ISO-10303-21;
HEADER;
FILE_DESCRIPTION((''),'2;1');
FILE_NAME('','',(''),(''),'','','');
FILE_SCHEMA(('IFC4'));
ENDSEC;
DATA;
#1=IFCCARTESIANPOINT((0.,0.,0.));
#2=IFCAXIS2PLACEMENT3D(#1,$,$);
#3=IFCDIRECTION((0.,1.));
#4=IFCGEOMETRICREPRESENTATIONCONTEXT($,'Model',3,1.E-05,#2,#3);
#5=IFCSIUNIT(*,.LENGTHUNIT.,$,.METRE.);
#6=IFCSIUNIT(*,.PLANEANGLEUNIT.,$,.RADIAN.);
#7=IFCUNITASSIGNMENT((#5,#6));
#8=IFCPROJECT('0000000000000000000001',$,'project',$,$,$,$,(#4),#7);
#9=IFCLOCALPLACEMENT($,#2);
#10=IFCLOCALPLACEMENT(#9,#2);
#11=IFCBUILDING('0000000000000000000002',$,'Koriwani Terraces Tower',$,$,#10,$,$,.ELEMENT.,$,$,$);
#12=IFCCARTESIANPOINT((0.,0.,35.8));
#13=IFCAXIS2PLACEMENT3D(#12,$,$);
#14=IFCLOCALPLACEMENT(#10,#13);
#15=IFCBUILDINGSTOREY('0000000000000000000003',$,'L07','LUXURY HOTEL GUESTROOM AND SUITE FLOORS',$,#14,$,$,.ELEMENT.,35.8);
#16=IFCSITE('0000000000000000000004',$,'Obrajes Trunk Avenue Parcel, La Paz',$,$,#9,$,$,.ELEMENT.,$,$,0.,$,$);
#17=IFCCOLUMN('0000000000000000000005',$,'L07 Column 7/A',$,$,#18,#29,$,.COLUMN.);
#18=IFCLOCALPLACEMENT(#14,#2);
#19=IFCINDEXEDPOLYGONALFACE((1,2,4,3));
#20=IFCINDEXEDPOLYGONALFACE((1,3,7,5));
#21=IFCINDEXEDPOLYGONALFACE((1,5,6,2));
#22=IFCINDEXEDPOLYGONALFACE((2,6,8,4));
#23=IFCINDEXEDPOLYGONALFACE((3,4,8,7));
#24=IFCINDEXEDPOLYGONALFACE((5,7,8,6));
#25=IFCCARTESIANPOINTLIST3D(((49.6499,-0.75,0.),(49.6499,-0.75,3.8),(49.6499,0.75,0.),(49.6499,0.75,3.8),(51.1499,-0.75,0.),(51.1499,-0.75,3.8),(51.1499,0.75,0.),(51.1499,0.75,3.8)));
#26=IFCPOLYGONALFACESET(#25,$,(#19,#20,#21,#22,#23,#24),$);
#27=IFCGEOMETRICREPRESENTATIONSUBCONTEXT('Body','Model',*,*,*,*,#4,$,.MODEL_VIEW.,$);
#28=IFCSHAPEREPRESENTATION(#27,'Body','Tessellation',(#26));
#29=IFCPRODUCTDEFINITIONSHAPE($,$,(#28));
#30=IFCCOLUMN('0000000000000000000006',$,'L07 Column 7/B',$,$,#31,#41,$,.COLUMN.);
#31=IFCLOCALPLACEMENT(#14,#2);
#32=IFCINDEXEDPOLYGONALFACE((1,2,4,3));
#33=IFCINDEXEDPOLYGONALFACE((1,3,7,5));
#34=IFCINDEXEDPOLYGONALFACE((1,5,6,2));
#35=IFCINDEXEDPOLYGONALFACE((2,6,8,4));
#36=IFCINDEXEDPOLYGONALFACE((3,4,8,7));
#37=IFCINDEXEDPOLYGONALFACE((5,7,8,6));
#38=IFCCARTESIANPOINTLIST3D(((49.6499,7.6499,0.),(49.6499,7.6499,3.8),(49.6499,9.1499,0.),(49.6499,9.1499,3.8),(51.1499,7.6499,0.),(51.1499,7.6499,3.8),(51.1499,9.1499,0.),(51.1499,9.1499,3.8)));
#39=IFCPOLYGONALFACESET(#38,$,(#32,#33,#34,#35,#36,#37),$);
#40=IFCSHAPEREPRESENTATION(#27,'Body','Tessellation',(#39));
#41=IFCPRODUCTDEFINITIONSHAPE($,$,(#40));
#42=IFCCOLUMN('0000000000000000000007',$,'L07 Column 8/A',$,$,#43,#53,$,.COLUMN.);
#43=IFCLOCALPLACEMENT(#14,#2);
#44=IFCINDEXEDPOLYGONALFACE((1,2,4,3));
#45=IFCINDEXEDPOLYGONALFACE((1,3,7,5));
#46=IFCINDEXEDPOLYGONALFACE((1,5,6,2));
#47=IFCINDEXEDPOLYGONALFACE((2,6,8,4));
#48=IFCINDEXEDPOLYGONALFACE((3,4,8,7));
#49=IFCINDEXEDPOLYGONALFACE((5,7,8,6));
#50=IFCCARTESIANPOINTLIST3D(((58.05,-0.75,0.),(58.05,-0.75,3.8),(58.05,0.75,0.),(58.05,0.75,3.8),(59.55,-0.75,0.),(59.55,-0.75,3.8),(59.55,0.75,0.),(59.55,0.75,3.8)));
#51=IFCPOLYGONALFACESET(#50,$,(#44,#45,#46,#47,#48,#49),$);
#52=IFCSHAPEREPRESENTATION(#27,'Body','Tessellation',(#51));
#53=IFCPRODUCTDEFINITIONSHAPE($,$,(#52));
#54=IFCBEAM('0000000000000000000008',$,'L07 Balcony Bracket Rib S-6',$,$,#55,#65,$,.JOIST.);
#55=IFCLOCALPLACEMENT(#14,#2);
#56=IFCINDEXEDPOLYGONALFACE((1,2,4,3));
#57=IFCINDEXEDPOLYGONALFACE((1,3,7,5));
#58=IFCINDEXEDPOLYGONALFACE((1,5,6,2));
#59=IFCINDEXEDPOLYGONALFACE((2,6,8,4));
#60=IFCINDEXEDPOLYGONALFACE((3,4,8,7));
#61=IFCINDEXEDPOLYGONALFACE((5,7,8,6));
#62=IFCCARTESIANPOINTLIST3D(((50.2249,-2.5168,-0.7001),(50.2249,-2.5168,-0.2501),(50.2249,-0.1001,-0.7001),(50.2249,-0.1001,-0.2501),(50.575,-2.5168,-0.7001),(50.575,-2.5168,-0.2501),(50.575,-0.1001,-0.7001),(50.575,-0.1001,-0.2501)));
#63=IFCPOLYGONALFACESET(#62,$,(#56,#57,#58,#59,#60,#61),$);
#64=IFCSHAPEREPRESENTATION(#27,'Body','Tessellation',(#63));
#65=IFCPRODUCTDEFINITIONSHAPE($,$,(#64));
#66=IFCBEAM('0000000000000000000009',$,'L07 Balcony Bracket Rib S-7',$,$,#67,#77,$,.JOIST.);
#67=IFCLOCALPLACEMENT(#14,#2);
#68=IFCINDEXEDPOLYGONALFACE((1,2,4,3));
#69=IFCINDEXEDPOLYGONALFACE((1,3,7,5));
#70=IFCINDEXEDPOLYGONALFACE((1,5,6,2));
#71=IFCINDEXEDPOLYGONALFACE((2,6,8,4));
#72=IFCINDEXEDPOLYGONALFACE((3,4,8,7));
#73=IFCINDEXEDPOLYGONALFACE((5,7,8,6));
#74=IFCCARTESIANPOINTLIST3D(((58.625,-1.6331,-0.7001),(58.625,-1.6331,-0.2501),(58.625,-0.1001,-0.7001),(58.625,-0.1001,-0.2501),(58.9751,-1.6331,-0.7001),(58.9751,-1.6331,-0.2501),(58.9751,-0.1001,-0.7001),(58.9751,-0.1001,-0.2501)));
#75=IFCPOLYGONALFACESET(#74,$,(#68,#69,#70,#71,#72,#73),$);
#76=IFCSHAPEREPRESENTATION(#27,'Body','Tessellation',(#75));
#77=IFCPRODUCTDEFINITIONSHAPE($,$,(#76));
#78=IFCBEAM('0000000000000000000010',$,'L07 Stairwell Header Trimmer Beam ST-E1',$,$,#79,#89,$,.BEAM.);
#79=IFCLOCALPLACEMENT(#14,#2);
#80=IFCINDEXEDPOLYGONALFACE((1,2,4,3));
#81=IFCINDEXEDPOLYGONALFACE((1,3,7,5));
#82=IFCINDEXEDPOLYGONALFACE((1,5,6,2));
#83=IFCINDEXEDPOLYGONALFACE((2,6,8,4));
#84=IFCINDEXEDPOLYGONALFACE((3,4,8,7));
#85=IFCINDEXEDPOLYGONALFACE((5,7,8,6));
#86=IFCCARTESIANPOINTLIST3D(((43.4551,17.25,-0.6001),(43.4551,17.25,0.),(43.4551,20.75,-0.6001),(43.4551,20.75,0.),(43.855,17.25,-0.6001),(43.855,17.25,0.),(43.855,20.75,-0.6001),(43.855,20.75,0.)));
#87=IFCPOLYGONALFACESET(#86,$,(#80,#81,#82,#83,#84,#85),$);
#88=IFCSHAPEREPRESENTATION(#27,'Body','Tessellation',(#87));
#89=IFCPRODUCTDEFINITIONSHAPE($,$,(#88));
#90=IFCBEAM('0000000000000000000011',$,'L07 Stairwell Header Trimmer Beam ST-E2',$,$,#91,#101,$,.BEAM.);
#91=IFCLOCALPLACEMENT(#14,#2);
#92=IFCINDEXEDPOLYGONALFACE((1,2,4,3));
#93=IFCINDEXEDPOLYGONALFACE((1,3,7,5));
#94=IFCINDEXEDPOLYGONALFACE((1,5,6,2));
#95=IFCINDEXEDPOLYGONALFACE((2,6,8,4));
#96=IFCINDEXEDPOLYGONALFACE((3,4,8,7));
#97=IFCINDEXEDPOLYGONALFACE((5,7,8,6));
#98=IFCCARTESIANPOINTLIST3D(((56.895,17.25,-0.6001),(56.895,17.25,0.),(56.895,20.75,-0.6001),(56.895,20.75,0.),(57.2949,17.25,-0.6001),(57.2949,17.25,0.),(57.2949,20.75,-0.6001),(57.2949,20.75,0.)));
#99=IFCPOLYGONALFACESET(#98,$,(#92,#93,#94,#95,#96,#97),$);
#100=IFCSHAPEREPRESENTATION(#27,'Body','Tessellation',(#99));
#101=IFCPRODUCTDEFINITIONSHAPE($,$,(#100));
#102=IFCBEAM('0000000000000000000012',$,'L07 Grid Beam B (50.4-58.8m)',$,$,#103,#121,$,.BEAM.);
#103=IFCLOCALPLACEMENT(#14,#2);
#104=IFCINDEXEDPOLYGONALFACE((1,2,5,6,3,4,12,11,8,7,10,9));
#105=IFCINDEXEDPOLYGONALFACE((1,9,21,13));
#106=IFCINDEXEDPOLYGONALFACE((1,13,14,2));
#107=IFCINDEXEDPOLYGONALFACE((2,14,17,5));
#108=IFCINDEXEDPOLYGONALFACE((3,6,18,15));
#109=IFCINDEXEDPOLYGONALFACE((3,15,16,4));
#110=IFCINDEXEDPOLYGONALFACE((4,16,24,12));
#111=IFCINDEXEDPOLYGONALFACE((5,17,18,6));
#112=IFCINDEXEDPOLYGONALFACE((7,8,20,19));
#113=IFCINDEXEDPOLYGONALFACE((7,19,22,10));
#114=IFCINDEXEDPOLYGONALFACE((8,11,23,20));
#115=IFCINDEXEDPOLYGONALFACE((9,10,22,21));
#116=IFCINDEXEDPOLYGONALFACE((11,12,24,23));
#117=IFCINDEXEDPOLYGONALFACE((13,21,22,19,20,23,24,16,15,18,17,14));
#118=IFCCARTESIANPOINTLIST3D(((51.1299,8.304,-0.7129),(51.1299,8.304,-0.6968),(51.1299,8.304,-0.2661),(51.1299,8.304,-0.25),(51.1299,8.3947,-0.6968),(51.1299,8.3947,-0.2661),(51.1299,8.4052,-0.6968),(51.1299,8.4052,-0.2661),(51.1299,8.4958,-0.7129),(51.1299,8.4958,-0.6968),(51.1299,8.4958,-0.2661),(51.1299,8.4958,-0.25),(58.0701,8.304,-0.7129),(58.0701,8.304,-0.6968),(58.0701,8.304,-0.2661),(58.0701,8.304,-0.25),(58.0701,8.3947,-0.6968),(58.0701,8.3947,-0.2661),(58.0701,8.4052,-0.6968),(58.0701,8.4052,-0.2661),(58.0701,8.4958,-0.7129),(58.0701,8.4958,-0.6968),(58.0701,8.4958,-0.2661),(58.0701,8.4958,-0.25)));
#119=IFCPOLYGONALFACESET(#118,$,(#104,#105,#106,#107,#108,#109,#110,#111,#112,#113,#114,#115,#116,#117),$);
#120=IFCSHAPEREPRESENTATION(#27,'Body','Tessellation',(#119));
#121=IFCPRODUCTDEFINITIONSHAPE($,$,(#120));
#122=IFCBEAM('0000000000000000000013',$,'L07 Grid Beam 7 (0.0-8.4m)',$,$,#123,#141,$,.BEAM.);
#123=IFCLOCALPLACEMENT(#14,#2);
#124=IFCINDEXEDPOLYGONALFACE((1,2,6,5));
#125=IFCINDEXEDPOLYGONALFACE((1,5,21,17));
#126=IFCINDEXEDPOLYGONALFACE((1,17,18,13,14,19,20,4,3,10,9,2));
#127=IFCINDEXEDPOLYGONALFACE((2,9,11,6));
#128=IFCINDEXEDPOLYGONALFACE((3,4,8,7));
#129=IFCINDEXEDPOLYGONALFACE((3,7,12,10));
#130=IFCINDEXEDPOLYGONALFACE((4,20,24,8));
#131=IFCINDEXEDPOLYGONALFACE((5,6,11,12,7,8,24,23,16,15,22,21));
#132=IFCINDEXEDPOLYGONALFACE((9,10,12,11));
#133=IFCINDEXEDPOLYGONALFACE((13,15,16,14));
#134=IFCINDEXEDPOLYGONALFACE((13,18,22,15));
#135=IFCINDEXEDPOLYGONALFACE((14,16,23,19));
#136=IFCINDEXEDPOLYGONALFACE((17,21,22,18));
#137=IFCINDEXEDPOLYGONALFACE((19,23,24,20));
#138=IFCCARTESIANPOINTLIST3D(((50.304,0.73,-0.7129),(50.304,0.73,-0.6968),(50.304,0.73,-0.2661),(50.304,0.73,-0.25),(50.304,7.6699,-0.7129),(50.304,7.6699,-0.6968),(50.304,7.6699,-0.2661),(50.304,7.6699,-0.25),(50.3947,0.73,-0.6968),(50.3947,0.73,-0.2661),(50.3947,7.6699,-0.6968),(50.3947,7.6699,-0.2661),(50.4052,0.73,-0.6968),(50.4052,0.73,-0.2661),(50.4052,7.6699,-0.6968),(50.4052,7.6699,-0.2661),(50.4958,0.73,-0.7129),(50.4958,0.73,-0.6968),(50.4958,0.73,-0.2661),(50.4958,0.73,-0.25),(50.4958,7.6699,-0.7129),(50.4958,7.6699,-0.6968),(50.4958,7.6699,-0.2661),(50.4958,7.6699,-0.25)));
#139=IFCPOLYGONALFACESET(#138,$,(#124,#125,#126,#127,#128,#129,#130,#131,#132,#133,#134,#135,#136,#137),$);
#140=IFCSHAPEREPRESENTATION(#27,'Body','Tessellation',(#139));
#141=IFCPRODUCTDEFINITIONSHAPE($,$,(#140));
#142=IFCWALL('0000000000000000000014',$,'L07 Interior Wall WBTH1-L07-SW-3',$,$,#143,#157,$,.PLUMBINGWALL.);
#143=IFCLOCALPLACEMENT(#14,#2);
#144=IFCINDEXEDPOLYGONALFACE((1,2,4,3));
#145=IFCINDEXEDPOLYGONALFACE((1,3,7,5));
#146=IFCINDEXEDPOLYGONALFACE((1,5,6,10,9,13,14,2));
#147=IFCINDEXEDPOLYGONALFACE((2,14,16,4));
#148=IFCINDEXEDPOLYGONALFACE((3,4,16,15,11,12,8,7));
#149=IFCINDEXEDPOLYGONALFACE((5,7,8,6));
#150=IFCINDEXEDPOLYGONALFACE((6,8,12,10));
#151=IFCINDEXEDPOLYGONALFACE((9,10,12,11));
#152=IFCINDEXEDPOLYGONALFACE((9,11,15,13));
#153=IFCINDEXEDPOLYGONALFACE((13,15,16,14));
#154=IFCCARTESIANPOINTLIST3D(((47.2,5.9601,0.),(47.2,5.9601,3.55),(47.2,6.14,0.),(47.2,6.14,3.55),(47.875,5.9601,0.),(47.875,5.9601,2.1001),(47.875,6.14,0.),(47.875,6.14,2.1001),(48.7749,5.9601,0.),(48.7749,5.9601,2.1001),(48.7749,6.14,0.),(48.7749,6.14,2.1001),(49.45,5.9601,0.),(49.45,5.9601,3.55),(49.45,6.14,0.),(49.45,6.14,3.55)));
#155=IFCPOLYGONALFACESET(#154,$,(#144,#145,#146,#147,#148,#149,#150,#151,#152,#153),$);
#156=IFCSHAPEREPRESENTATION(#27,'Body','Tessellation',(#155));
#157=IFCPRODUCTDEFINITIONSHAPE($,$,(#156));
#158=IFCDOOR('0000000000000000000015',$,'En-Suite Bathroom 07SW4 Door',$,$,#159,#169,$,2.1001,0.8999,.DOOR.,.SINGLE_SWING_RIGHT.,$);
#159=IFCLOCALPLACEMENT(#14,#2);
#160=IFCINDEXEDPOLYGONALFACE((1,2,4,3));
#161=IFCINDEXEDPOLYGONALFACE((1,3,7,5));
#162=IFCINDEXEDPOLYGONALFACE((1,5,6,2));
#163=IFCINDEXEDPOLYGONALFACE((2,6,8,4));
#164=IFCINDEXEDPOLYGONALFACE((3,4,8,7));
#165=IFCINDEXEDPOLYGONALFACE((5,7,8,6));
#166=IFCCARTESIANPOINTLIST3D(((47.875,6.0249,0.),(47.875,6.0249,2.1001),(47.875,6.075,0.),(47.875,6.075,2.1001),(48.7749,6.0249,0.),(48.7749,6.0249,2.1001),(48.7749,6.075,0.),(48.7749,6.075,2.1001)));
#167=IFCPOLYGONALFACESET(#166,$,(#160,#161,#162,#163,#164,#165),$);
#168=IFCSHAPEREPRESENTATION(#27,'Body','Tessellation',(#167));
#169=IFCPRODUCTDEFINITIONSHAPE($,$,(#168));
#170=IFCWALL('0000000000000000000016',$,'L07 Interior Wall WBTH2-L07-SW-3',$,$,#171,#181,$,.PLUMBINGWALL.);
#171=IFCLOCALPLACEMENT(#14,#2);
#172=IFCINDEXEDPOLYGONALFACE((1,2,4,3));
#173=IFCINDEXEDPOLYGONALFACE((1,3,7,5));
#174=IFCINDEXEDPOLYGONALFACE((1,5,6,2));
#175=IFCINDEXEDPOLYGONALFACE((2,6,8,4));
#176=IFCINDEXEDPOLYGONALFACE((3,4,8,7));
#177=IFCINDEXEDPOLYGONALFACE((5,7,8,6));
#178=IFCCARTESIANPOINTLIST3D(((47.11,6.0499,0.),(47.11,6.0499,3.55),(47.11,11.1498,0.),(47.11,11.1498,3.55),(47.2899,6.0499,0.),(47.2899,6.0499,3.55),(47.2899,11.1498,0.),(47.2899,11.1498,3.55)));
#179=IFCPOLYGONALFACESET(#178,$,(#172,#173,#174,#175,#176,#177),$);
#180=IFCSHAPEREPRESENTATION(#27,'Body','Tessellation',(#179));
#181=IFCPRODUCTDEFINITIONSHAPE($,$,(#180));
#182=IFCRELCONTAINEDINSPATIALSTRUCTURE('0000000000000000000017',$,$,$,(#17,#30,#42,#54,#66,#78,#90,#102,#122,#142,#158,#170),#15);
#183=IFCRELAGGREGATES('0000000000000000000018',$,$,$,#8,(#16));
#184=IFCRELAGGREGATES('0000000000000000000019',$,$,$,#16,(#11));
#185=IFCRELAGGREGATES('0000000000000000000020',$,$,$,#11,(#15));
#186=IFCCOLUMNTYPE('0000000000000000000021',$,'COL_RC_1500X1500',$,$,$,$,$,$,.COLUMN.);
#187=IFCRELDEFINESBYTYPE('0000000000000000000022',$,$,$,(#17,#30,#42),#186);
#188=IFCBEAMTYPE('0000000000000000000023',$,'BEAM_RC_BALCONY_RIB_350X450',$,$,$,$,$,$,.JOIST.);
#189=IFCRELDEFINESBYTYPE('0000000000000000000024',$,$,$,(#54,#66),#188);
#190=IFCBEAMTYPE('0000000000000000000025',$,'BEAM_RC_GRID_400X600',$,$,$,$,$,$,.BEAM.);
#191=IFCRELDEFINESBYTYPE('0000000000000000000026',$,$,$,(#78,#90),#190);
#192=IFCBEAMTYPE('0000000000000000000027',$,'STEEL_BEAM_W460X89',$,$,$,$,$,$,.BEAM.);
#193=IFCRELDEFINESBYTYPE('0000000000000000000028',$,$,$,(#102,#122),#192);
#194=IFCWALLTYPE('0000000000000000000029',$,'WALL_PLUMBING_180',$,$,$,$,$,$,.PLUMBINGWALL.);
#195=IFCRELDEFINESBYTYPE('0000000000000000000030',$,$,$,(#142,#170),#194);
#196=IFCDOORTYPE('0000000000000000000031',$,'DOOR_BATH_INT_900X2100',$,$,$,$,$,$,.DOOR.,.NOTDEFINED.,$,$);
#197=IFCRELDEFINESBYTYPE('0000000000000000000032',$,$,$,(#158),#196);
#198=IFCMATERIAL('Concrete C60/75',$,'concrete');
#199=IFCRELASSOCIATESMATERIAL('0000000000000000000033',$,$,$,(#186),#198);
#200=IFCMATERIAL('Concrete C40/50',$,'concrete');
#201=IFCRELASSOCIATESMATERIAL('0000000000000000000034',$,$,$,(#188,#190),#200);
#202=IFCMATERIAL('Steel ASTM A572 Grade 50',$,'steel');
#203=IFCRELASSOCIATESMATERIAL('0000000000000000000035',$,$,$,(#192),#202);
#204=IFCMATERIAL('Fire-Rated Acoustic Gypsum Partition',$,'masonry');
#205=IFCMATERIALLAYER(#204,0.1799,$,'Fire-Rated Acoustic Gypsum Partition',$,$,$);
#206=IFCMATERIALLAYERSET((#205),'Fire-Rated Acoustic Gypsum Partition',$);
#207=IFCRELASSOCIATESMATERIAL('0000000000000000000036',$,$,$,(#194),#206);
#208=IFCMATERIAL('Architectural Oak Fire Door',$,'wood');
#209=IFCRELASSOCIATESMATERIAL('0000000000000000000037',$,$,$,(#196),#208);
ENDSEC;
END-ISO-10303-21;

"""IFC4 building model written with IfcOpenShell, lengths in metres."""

from ifc_helpers import new_model, si_unit, direction, frame, frame_2d, origin, origin_2d, place, context, subcontext, project, spatial, rectangle, i_section, extrude, material, layer, layer_set, material_profile, profile_set, type_object, element, fill, save


model = new_model("IFC4")

# Units and contexts
model_context = context("Model", 3, precision=1e-05, world=origin(), true_north=direction((0.0, 1.0)))
body_context = subcontext(model_context, "Body", "Model", "MODEL_VIEW")
ifc_project = project(units=[si_unit("LENGTHUNIT", "METRE"), si_unit("PLANEANGLEUNIT", "RADIAN")], contexts=[model_context])

# Site, building, storey
site_placement = place(None, origin())
site = spatial("IfcSite", under=ifc_project, at=site_placement, Name="Obrajes Trunk Avenue Parcel, La Paz", CompositionType="ELEMENT", RefElevation=0.0)
building_placement = place(site_placement, origin())
building = spatial("IfcBuilding", under=site, at=building_placement, Name="Koriwani Terraces Tower", CompositionType="ELEMENT")
storey_placement = place(building_placement, frame((0.0, 0.0, 35.8)))
storey = spatial("IfcBuildingStorey", under=building, at=storey_placement, Name="L07", Description="LUXURY HOTEL GUESTROOM AND SUITE FLOORS", CompositionType="ELEMENT", Elevation=35.8)

# Columns
ifc_material_1 = material(Name="Concrete C60/75", Category="concrete")
ifc_material_profile_1 = material_profile(ifc_material_1, rectangle(XDim=1.5, YDim=1.5, at=origin_2d()), Name="Concrete C60/75", Category="LoadBearing")
ifc_profile_set_1 = profile_set([ifc_material_profile_1], Name="Concrete C60/75")
column_type = type_object("IfcColumnType", Name="COL_RC_1500X1500", PredefinedType="COLUMN", material=ifc_profile_set_1)
for number, where, z_axis, x_axis, name in (
    (1, (50.3999, 0.0, 0.0), (0.0, 0.0, 1.0), (1.0, 0.0, 0.0), "L07 Column 7/A"),
    (2, (50.3999, 8.3999, 0.0), (0.0, 0.0, 1.0), (1.0, 0.0, 0.0), "L07 Column 7/B"),
    (3, (58.8, 0.0, 0.0), (0.0, 0.0, 1.0), (1.0, 0.0, 0.0), "L07 Column 8/A"),
):
    element("IfcColumn", number, at=place(storey_placement, frame(where, z_axis=z_axis, x_axis=x_axis)), inside=storey, type_object=column_type, Name=name, PredefinedType="COLUMN", context=body_context, shape_type="SweptSolid", body=[
        extrude(rectangle(XDim=1.5, YDim=1.5, at=origin_2d()), origin(), (0.0, 0.0, 1.0), 3.8),
    ])

# Beams
ifc_material_2 = material(Name="Concrete C40/50", Category="concrete")
ifc_material_profile_2 = material_profile(ifc_material_2, rectangle(XDim=0.3501, YDim=0.45, at=origin_2d()), Name="Concrete C40/50", Category="LoadBearing")
ifc_profile_set_2 = profile_set([ifc_material_profile_2], Name="Concrete C40/50")
beam_type_1 = type_object("IfcBeamType", Name="BEAM_RC_BALCONY_RIB_350X450", PredefinedType="JOIST", material=ifc_profile_set_2)
beam_1_placement = place(storey_placement, frame((50.3999, -2.5168, -0.4751), z_axis=(0.0, 1.0, 0.0), x_axis=(-1.0, 0.0, 0.0)))
element("IfcBeam", 4, at=beam_1_placement, inside=storey, type_object=beam_type_1, Name="L07 Balcony Bracket Rib S-6", PredefinedType="JOIST", context=body_context, shape_type="SweptSolid", body=[
    extrude(rectangle(XDim=0.3501, YDim=0.45, at=origin_2d()), origin(), (0.0, 0.0, 1.0), 2.4167),
])
beam_2_placement = place(storey_placement, frame((58.8, -1.6331, -0.4751), z_axis=(0.0, 1.0, 0.0), x_axis=(-1.0, 0.0, 0.0)))
element("IfcBeam", 5, at=beam_2_placement, inside=storey, type_object=beam_type_1, Name="L07 Balcony Bracket Rib S-7", PredefinedType="JOIST", context=body_context, shape_type="SweptSolid", body=[
    extrude(rectangle(XDim=0.3501, YDim=0.45, at=origin_2d()), origin(), (0.0, 0.0, 1.0), 1.533),
])
ifc_material_profile_3 = material_profile(ifc_material_2, rectangle(XDim=0.3999, YDim=0.6001, at=origin_2d()), Name="Concrete C40/50", Category="LoadBearing")
ifc_profile_set_3 = profile_set([ifc_material_profile_3], Name="Concrete C40/50")
beam_type_2 = type_object("IfcBeamType", Name="BEAM_RC_GRID_400X600", PredefinedType="BEAM", material=ifc_profile_set_3)
for number, where, z_axis, x_axis, name in (
    (6, (43.655, 17.25, -0.3), (0.0, 1.0, 0.0), (-1.0, 0.0, 0.0), "L07 Stairwell Header Trimmer Beam ST-E1"),
    (7, (57.095, 17.25, -0.3), (0.0, 1.0, 0.0), (-1.0, 0.0, 0.0), "L07 Stairwell Header Trimmer Beam ST-E2"),
):
    element("IfcBeam", number, at=place(storey_placement, frame(where, z_axis=z_axis, x_axis=x_axis)), inside=storey, type_object=beam_type_2, Name=name, PredefinedType="BEAM", context=body_context, shape_type="SweptSolid", body=[
        extrude(rectangle(XDim=0.3999, YDim=0.6001, at=origin_2d()), origin(), (0.0, 0.0, 1.0), 3.5),
    ])
ifc_material_3 = material(Name="Steel ASTM A572 Grade 50", Category="steel")
ifc_material_profile_4 = material_profile(ifc_material_3, i_section(OverallWidth=0.1919, OverallDepth=0.4629, WebThickness=0.0105, FlangeThickness=0.0161, at=origin_2d()), Name="Steel ASTM A572 Grade 50", Category="LoadBearing")
ifc_profile_set_4 = profile_set([ifc_material_profile_4], Name="Steel ASTM A572 Grade 50")
beam_type_3 = type_object("IfcBeamType", Name="STEEL_BEAM_W460X89", PredefinedType="BEAM", material=ifc_profile_set_4)
beam_3_placement = place(storey_placement, frame((51.1299, 8.3999, -0.4814), z_axis=(1.0, 0.0, 0.0), x_axis=(0.0, 1.0, 0.0)))
element("IfcBeam", 8, at=beam_3_placement, inside=storey, type_object=beam_type_3, Name="L07 Grid Beam B (50.4-58.8m)", PredefinedType="BEAM", context=body_context, shape_type="SweptSolid", body=[
    extrude(i_section(OverallWidth=0.1919, OverallDepth=0.4629, WebThickness=0.0105, FlangeThickness=0.0161, at=origin_2d()), origin(), (0.0, 0.0, 1.0), 6.9402),
])
beam_4_placement = place(storey_placement, frame((50.3999, 0.73, -0.4814), z_axis=(0.0, 1.0, 0.0), x_axis=(-1.0, 0.0, 0.0)))
element("IfcBeam", 9, at=beam_4_placement, inside=storey, type_object=beam_type_3, Name="L07 Grid Beam 7 (0.0-8.4m)", PredefinedType="BEAM", context=body_context, shape_type="SweptSolid", body=[
    extrude(i_section(OverallWidth=0.1919, OverallDepth=0.4629, WebThickness=0.0105, FlangeThickness=0.0161, at=origin_2d()), origin(), (0.0, 0.0, 1.0), 6.9399),
])

# Wall, opening, door
ifc_material_4 = material(Name="Fire-Rated Acoustic Gypsum Partition", Category="masonry")
ifc_layer_1 = layer(ifc_material_4, 0.1799, Name="Fire-Rated Acoustic Gypsum Partition")
ifc_layer_set_1 = layer_set([ifc_layer_1], Name="Fire-Rated Acoustic Gypsum Partition")
wall_type_1 = type_object("IfcWallType", Name="WALL_PLUMBING_180", PredefinedType="PLUMBINGWALL", material=ifc_layer_set_1)
wall_1_placement = place(storey_placement, frame((47.2, 6.05, 0.0), z_axis=(0.0, 0.0, 1.0), x_axis=(1.0, 0.0, 0.0)))
wall_1 = element("IfcWall", 10, at=wall_1_placement, inside=storey, type_object=wall_type_1, Name="L07 Interior Wall WBTH1-L07-SW-3", PredefinedType="PLUMBINGWALL", context=body_context, shape_type="SweptSolid", body=[
    extrude(rectangle(XDim=2.25, YDim=0.1799, at=frame_2d((1.125, 0.0))), origin(), (0.0, 0.0, 1.0), 3.55),
])
opening_1_placement = place(wall_1_placement, frame((0.675, 0.0, 0.0)))
opening_1 = element("IfcOpeningElement", 11, at=opening_1_placement, cuts=wall_1, PredefinedType="OPENING", context=body_context, shape_type="SweptSolid", body=[
    extrude(rectangle(XDim=0.8999, YDim=2.1001, at=frame_2d((0.45, 1.05))), frame((0.0, 0.1001, 0.0), z_axis=(0.0, -1.0, 0.0), x_axis=(1.0, 0.0, 0.0)), (0.0, 0.0, 1.0), 0.2),
])
ifc_material_5 = material(Name="Architectural Oak Fire Door", Category="wood")
door_type_1 = type_object("IfcDoorType", Name="DOOR_BATH_INT_900X2100", OperationType="NOTDEFINED", PredefinedType="DOOR", material=ifc_material_5)
door_1_placement = place(opening_1_placement, origin())
door_1 = element("IfcDoor", 12, at=door_1_placement, inside=storey, type_object=door_type_1, Name="En-Suite Bathroom 07SW4 Door", OperationType="SINGLE_SWING_RIGHT", OverallHeight=2.1001, OverallWidth=0.8999, PredefinedType="DOOR", context=body_context, shape_type="SweptSolid", body=[
    extrude(rectangle(XDim=0.8999, YDim=2.1001, at=frame_2d((0.45, 1.05))), frame((0.0, 0.0249, 0.0), z_axis=(0.0, -1.0, 0.0), x_axis=(1.0, 0.0, 0.0)), (0.0, 0.0, 1.0), 0.05),
])
fill(opening_1, door_1)

# Wall
wall_2_placement = place(storey_placement, frame((47.2, 6.05, 0.0), z_axis=(0.0, 0.0, 1.0), x_axis=(0.0, 1.0, 0.0)))
element("IfcWall", 13, at=wall_2_placement, inside=storey, type_object=wall_type_1, Name="L07 Interior Wall WBTH2-L07-SW-3", PredefinedType="PLUMBINGWALL", context=body_context, shape_type="SweptSolid", body=[
    extrude(rectangle(XDim=5.0999, YDim=0.1799, at=frame_2d((2.5498, 0.0))), origin(), (0.0, 0.0, 1.0), 3.55),
])

save(model, "model.ifc")
